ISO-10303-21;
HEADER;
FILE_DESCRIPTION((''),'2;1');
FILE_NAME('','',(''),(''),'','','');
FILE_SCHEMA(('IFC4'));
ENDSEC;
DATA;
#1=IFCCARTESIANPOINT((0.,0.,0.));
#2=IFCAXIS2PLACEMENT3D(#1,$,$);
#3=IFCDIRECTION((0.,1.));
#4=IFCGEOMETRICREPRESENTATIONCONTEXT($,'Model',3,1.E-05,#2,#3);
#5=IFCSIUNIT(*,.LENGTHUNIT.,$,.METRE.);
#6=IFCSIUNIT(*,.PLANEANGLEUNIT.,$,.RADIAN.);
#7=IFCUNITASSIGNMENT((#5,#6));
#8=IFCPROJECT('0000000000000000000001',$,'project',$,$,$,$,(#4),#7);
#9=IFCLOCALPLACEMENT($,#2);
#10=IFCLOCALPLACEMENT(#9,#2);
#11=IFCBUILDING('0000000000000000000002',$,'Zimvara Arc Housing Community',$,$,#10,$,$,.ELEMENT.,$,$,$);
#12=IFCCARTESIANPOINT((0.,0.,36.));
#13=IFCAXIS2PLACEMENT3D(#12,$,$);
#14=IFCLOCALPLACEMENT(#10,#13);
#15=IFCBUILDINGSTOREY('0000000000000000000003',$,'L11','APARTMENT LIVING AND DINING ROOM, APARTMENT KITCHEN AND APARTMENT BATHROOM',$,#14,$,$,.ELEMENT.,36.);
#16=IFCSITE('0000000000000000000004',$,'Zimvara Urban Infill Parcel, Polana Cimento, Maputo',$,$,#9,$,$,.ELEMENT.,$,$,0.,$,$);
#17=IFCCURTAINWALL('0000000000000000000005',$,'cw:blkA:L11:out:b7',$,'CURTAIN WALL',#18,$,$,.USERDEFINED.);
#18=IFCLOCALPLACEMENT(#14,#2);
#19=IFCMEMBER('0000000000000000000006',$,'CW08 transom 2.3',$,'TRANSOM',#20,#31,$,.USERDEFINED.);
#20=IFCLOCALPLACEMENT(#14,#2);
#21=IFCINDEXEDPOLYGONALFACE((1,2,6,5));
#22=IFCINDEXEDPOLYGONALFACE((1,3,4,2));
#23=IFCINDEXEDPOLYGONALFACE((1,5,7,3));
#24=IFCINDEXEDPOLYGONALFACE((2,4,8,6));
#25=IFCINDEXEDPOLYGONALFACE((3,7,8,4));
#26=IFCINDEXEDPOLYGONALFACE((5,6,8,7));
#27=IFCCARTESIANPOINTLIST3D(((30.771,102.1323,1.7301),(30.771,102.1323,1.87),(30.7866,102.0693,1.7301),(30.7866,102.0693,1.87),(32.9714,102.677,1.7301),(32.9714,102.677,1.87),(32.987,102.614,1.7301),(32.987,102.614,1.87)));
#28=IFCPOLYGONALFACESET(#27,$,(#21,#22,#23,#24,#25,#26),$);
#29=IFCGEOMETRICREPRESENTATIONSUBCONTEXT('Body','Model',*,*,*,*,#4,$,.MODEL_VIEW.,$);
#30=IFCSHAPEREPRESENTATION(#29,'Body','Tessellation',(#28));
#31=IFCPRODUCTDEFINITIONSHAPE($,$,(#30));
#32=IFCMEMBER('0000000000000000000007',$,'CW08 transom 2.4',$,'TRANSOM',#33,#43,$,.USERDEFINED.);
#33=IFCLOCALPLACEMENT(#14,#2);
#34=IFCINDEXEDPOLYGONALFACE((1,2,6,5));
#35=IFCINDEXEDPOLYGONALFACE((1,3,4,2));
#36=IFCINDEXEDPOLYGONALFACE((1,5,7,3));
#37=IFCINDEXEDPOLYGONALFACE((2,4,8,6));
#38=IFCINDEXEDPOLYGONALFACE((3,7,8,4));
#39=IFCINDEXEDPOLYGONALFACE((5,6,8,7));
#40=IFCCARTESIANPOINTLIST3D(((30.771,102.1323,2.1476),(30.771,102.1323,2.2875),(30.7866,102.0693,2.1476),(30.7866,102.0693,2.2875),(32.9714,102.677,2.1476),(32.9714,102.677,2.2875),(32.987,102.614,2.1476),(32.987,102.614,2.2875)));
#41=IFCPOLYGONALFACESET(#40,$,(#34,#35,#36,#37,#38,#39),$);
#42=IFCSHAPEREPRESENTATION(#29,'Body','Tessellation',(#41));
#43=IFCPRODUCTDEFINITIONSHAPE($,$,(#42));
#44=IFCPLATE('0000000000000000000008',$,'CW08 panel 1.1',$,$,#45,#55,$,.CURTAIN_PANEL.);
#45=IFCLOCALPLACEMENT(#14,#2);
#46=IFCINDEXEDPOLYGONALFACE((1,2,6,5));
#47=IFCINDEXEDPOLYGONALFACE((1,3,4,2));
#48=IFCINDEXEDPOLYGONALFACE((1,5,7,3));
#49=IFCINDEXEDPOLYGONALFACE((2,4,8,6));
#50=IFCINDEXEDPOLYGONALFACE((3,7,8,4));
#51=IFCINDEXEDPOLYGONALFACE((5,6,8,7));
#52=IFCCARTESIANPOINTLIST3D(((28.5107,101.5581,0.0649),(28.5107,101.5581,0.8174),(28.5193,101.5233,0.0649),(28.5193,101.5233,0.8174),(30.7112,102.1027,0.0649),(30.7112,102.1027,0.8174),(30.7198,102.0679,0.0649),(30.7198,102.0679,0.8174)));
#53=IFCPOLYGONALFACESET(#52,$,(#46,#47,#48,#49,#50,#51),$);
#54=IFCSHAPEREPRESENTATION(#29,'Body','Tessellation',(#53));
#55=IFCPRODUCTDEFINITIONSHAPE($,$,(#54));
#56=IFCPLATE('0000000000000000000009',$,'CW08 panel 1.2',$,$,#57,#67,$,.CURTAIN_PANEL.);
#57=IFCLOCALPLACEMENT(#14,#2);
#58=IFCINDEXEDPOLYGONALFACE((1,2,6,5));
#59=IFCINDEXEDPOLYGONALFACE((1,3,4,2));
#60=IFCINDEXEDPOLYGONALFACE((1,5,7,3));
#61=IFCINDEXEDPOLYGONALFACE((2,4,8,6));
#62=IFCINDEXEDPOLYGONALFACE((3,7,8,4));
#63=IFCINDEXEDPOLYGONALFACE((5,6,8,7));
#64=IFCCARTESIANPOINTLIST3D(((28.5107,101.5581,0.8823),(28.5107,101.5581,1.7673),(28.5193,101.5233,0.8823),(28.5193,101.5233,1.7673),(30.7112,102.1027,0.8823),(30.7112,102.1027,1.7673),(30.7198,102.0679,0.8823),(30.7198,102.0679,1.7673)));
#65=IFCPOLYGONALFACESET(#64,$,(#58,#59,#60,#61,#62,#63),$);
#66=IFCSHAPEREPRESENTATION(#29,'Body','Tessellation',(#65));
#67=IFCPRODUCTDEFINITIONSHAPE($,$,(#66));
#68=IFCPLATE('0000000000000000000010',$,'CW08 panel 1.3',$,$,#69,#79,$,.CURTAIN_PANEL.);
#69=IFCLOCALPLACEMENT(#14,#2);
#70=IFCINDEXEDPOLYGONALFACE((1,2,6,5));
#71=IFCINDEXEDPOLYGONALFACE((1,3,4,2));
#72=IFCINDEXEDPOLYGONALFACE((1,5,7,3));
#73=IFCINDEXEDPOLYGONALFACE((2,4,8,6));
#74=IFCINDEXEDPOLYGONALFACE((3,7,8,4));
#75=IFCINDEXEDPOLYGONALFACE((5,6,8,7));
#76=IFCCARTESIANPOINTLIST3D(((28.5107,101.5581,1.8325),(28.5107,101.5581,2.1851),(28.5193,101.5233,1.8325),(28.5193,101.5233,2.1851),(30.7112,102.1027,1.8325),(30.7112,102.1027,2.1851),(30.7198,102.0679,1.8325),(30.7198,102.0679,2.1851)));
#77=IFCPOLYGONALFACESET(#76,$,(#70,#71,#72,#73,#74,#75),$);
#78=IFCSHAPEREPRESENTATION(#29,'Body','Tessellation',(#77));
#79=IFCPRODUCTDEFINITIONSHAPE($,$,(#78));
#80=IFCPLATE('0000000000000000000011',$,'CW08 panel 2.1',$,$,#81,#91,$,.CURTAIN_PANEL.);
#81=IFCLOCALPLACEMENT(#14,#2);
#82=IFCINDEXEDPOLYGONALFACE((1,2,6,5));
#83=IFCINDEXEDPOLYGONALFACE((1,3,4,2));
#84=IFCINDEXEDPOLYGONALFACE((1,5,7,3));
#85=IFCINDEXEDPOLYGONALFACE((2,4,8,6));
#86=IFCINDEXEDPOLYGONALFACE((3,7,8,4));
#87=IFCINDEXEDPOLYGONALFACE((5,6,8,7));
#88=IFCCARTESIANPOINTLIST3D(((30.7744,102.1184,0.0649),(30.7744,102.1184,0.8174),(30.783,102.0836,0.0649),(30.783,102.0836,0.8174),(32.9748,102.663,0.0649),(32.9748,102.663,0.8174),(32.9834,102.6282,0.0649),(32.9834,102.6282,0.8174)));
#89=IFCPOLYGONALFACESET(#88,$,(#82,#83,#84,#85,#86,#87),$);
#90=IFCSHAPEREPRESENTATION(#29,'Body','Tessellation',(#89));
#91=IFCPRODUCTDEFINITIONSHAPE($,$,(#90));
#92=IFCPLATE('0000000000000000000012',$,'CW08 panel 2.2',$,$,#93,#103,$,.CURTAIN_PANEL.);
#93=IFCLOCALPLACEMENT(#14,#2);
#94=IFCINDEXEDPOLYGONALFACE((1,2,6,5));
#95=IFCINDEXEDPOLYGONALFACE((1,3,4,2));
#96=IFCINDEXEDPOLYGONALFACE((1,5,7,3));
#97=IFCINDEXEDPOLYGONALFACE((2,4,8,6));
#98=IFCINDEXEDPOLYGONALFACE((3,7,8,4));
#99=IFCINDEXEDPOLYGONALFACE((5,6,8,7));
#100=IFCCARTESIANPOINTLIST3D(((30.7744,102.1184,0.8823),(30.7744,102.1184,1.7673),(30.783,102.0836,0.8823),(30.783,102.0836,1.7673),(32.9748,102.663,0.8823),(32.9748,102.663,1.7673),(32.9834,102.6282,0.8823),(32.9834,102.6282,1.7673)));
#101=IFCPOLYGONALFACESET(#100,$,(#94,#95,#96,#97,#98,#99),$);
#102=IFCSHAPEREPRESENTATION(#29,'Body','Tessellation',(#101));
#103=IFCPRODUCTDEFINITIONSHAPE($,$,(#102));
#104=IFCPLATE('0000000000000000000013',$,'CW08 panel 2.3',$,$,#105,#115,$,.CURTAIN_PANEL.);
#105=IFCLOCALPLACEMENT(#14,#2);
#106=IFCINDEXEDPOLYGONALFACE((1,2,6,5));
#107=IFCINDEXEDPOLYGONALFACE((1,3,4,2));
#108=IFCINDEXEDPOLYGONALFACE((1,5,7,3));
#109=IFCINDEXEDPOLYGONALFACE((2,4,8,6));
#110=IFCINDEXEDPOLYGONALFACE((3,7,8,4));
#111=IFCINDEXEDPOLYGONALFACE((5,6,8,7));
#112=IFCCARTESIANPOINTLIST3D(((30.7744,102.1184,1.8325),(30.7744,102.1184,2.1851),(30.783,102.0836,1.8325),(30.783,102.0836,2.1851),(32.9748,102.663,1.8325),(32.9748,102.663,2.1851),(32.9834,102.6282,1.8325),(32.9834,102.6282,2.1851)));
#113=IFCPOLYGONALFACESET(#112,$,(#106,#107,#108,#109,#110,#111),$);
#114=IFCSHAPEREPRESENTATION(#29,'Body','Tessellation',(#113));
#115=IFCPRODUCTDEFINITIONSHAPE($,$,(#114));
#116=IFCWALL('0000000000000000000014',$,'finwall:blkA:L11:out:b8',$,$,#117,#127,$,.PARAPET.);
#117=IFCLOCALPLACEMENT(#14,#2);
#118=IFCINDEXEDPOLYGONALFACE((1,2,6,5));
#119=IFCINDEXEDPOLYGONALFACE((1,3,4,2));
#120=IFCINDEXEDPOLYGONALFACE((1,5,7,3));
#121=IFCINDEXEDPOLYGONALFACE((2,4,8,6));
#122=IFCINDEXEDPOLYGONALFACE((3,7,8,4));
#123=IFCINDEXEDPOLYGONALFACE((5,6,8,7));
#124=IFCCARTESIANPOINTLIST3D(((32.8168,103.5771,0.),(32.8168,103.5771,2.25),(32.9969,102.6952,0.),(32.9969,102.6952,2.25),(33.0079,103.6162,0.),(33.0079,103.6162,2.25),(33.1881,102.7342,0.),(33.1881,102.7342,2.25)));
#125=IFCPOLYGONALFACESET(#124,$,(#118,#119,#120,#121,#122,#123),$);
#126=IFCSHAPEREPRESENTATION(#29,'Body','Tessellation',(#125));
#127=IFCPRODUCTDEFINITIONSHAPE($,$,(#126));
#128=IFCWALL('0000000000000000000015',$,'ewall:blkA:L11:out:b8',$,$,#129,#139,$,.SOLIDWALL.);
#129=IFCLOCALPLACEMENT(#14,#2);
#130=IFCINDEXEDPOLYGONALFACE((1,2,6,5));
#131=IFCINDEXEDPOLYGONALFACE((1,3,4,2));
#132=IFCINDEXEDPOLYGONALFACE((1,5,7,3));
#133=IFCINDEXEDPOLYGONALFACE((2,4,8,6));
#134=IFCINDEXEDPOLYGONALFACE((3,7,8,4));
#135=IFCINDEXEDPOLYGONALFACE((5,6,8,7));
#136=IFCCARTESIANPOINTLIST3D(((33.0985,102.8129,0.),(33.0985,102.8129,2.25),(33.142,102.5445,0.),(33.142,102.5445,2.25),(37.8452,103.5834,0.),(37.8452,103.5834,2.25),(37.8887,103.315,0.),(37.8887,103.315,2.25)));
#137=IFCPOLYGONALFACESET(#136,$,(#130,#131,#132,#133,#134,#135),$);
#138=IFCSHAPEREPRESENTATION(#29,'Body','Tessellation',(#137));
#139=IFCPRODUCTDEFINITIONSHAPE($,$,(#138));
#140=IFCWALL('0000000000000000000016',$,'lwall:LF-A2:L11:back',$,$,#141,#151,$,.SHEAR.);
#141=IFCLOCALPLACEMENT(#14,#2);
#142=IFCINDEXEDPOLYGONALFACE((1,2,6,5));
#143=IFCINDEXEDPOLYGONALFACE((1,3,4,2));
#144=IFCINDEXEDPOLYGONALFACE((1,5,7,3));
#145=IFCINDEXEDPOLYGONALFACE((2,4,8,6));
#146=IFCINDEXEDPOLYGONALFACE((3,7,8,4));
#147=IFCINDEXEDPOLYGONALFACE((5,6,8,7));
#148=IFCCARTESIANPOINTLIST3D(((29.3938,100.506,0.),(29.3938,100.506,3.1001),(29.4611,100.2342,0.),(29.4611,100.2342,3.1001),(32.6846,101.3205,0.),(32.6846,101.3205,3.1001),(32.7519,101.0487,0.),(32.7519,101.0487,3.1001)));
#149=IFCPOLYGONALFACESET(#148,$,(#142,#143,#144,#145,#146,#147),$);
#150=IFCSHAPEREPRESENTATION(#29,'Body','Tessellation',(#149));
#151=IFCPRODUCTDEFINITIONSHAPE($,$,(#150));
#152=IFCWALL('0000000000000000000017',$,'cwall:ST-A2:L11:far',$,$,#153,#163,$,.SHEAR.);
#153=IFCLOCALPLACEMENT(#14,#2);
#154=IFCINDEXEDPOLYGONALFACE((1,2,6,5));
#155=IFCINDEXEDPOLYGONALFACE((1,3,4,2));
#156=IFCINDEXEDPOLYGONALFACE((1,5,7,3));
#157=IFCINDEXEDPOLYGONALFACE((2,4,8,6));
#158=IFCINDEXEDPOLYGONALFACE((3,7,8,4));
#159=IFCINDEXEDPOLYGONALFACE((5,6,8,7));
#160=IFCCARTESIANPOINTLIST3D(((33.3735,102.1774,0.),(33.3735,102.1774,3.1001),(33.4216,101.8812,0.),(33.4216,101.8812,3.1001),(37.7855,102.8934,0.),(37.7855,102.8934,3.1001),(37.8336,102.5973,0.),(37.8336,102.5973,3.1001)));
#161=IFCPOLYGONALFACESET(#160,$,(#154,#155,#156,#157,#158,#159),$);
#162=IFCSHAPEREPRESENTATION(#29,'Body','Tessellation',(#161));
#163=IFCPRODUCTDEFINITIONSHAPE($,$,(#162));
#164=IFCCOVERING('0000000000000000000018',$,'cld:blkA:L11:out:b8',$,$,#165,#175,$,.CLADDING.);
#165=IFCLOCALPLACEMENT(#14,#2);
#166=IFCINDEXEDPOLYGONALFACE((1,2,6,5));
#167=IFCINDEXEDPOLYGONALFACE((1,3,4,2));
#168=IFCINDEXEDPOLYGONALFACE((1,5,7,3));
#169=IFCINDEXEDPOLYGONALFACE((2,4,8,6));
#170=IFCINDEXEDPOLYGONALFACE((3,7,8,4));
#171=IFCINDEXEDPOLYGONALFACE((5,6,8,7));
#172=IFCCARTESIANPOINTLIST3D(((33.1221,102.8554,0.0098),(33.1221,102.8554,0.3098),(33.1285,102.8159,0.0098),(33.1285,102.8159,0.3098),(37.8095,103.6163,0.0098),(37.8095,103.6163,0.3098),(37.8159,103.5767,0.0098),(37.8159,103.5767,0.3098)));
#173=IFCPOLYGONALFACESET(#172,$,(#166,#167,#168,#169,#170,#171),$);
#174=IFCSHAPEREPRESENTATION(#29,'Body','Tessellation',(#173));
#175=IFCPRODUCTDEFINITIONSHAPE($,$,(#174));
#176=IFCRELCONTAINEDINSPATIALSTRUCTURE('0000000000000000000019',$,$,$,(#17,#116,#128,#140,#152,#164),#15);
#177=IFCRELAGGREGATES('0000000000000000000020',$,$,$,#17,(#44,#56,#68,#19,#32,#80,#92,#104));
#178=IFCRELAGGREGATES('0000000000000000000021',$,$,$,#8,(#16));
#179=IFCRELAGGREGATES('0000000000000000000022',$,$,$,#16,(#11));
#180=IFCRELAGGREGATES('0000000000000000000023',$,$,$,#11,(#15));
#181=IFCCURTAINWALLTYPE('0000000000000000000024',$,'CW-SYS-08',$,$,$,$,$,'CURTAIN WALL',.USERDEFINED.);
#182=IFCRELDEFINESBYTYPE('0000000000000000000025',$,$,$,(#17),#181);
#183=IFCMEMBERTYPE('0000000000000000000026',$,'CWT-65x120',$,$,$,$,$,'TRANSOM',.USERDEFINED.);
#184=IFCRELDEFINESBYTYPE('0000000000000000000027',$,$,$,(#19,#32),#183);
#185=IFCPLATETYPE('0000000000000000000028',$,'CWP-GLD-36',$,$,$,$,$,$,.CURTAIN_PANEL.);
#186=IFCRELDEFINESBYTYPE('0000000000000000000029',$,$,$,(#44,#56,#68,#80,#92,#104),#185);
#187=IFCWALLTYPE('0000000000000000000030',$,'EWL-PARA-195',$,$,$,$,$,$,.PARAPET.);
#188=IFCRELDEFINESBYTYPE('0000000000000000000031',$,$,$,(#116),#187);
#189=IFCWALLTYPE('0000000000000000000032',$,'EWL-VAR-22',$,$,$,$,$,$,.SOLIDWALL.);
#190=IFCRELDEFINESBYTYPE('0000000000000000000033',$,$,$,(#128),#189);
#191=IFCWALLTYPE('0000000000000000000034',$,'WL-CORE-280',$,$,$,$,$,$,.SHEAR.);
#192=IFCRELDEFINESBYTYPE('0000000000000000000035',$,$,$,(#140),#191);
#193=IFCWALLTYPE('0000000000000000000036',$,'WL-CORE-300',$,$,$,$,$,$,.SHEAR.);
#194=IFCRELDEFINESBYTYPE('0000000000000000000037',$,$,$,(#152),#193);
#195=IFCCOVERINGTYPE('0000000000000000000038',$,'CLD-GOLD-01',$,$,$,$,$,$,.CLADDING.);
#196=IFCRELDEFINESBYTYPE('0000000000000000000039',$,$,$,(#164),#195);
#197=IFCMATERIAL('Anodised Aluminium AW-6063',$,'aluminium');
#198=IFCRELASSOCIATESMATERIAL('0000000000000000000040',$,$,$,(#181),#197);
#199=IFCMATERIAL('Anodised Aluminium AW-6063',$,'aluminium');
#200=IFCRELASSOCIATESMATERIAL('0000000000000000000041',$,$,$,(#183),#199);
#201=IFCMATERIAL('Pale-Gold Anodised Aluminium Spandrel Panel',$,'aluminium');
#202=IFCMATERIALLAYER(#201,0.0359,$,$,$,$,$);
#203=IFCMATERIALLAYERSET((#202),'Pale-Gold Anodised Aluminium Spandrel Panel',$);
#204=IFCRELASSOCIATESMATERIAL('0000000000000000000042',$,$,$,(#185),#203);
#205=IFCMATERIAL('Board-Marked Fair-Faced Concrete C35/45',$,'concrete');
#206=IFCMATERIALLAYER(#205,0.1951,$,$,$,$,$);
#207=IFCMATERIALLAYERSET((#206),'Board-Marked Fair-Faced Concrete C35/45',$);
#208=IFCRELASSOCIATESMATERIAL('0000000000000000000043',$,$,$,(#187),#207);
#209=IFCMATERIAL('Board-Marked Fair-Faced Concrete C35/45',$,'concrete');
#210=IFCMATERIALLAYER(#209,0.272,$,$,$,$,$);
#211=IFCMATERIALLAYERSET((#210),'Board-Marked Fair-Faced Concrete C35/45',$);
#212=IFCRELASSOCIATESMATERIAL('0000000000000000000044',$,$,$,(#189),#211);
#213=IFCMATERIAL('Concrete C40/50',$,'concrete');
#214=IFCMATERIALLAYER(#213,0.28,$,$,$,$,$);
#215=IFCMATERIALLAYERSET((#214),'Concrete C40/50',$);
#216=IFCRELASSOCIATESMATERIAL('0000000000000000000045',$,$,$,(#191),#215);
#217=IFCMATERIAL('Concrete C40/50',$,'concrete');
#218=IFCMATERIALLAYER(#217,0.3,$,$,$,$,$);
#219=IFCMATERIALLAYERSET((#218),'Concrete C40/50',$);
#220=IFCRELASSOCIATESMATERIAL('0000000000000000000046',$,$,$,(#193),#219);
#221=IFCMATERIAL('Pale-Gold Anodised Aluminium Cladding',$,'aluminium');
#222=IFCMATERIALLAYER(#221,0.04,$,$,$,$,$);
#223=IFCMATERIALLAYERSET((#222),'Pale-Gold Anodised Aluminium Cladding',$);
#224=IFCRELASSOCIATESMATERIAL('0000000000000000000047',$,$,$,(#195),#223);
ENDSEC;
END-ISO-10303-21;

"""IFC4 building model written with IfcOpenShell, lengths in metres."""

from ifc_helpers import new_model, si_unit, direction, frame, frame_2d, origin, origin_2d, place, context, subcontext, project, spatial, rectangle, extrude, material, layer, layer_set, material_profile, profile_set, type_object, element, aggregate, save


model = new_model("IFC4")

# Units and contexts
model_context = context("Model", 3, precision=1e-05, world=origin(), true_north=direction((0.0, 1.0)))
body_context = subcontext(model_context, "Body", "Model", "MODEL_VIEW")
ifc_project = project(units=[si_unit("LENGTHUNIT", "METRE"), si_unit("PLANEANGLEUNIT", "RADIAN")], contexts=[model_context])

# Site, building, storey
site_placement = place(None, origin())
site = spatial("IfcSite", under=ifc_project, at=site_placement, Name="Zimvara Urban Infill Parcel, Polana Cimento, Maputo", CompositionType="ELEMENT", RefElevation=0.0)
building_placement = place(site_placement, origin())
building = spatial("IfcBuilding", under=site, at=building_placement, Name="Zimvara Arc Housing Community", CompositionType="ELEMENT")
storey_placement = place(building_placement, frame((0.0, 0.0, 36.0)))
storey = spatial("IfcBuildingStorey", under=building, at=storey_placement, Name="L11", Description="APARTMENT LIVING AND DINING ROOM, APARTMENT KITCHEN AND APARTMENT BATHROOM", CompositionType="ELEMENT", Elevation=36.0)

# Curtain wall
ifc_material_1 = material(Name="Anodised Aluminium AW-6063", Category="aluminium")
curtain_wall_type_1 = type_object("IfcCurtainWallType", Name="CW-SYS-08", ElementType="CURTAIN WALL", PredefinedType="USERDEFINED", material=ifc_material_1)
curtain_wall_1_placement = place(storey_placement, origin())
curtain_wall_1 = element("IfcCurtainWall", 1, at=curtain_wall_1_placement, inside=storey, type_object=curtain_wall_type_1, Name="cw:blkA:L11:out:b7", ObjectType="CURTAIN WALL", PredefinedType="USERDEFINED")

# Members
ifc_material_2 = material(Name="Anodised Aluminium AW-6063", Category="aluminium")
ifc_material_profile_1 = material_profile(ifc_material_2, rectangle(XDim=0.0649, YDim=0.1399, at=origin_2d()), Name="ALU 65x140")
ifc_profile_set_1 = profile_set([ifc_material_profile_1], Name="Anodised Aluminium AW-6063")
member_type_1 = type_object("IfcMemberType", Name="CWT-65x120", ElementType="TRANSOM", PredefinedType="USERDEFINED", material=ifc_profile_set_1)
member_1_placement = place(storey_placement, frame((30.7788, 102.1008, 1.8), z_axis=(0.970704, 0.24028, 0.0), x_axis=(-0.24028, 0.970704, 0.0)))
member_1 = element("IfcMember", 2, at=member_1_placement, type_object=member_type_1, Name="CW08 transom 2.3", ObjectType="TRANSOM", PredefinedType="USERDEFINED", context=body_context, shape_type="SweptSolid", body=[
    extrude(rectangle(XDim=0.0649, YDim=0.1399, at=origin_2d()), origin(), (0.0, 0.0, 1.0), 2.2668),
])
member_2_placement = place(storey_placement, frame((30.7788, 102.1008, 2.2175), z_axis=(0.970704, 0.24028, 0.0), x_axis=(-0.24028, 0.970704, 0.0)))
member_2 = element("IfcMember", 3, at=member_2_placement, type_object=member_type_1, Name="CW08 transom 2.4", ObjectType="TRANSOM", PredefinedType="USERDEFINED", context=body_context, shape_type="SweptSolid", body=[
    extrude(rectangle(XDim=0.0649, YDim=0.1399, at=origin_2d()), origin(), (0.0, 0.0, 1.0), 2.2668),
])

# Plates
ifc_material_3 = material(Name="Pale-Gold Anodised Aluminium Spandrel Panel", Category="aluminium")
ifc_layer_1 = layer(ifc_material_3, 0.0359)
ifc_layer_set_1 = layer_set([ifc_layer_1], Name="Pale-Gold Anodised Aluminium Spandrel Panel")
plate_type = type_object("IfcPlateType", Name="CWP-GLD-36", PredefinedType="CURTAIN_PANEL", material=ifc_layer_set_1)
plate_1_placement = place(storey_placement, frame((29.6152, 101.813, 0.0649), z_axis=(0.0, 0.0, 1.0), x_axis=(0.970716, 0.24023, 0.0)))
plate_1 = element("IfcPlate", 4, at=plate_1_placement, type_object=plate_type, Name="CW08 panel 1.1", PredefinedType="CURTAIN_PANEL", context=body_context, shape_type="SweptSolid", body=[
    extrude(rectangle(XDim=2.2668, YDim=0.0359, at=origin_2d()), origin(), (0.0, 0.0, 1.0), 0.7524),
])
plate_2_placement = place(storey_placement, frame((29.6152, 101.813, 0.8823), z_axis=(0.0, 0.0, 1.0), x_axis=(0.970716, 0.24023, 0.0)))
plate_2 = element("IfcPlate", 5, at=plate_2_placement, type_object=plate_type, Name="CW08 panel 1.2", PredefinedType="CURTAIN_PANEL", context=body_context, shape_type="SweptSolid", body=[
    extrude(rectangle(XDim=2.2668, YDim=0.0359, at=origin_2d()), origin(), (0.0, 0.0, 1.0), 0.885),
])
plate_3_placement = place(storey_placement, frame((29.6152, 101.813, 1.8325), z_axis=(0.0, 0.0, 1.0), x_axis=(0.970716, 0.24023, 0.0)))
plate_3 = element("IfcPlate", 6, at=plate_3_placement, type_object=plate_type, Name="CW08 panel 1.3", PredefinedType="CURTAIN_PANEL", context=body_context, shape_type="SweptSolid", body=[
    extrude(rectangle(XDim=2.2668, YDim=0.0359, at=origin_2d()), origin(), (0.0, 0.0, 1.0), 0.3525),
])
plate_4_placement = place(storey_placement, frame((31.8789, 102.3733, 0.0649), z_axis=(0.0, 0.0, 1.0), x_axis=(0.970716, 0.24023, 0.0)))
plate_4 = element("IfcPlate", 7, at=plate_4_placement, type_object=plate_type, Name="CW08 panel 2.1", PredefinedType="CURTAIN_PANEL", context=body_context, shape_type="SweptSolid", body=[
    extrude(rectangle(XDim=2.2668, YDim=0.0359, at=origin_2d()), origin(), (0.0, 0.0, 1.0), 0.7524),
])
plate_5_placement = place(storey_placement, frame((31.8789, 102.3733, 0.8823), z_axis=(0.0, 0.0, 1.0), x_axis=(0.970716, 0.24023, 0.0)))
plate_5 = element("IfcPlate", 8, at=plate_5_placement, type_object=plate_type, Name="CW08 panel 2.2", PredefinedType="CURTAIN_PANEL", context=body_context, shape_type="SweptSolid", body=[
    extrude(rectangle(XDim=2.2668, YDim=0.0359, at=origin_2d()), origin(), (0.0, 0.0, 1.0), 0.885),
])
plate_6_placement = place(storey_placement, frame((31.8789, 102.3733, 1.8325), z_axis=(0.0, 0.0, 1.0), x_axis=(0.970716, 0.24023, 0.0)))
plate_6 = element("IfcPlate", 9, at=plate_6_placement, type_object=plate_type, Name="CW08 panel 2.3", PredefinedType="CURTAIN_PANEL", context=body_context, shape_type="SweptSolid", body=[
    extrude(rectangle(XDim=2.2668, YDim=0.0359, at=origin_2d()), origin(), (0.0, 0.0, 1.0), 0.3525),
])
aggregate(curtain_wall_1, [plate_1, plate_2, plate_3, member_1, member_2, plate_4, plate_5, plate_6])

# Walls
ifc_material_4 = material(Name="Board-Marked Fair-Faced Concrete C35/45", Category="concrete")
ifc_layer_2 = layer(ifc_material_4, 0.1951)
ifc_layer_set_2 = layer_set([ifc_layer_2], Name="Board-Marked Fair-Faced Concrete C35/45")
wall_type_1 = type_object("IfcWallType", Name="EWL-PARA-195", PredefinedType="PARAPET", material=ifc_layer_set_2)
wall_1_placement = place(storey_placement, frame((33.0925, 102.7146, 0.0), z_axis=(0.0, 0.0, 1.0), x_axis=(-0.200183, 0.979758, 0.0)))
element("IfcWall", 10, at=wall_1_placement, inside=storey, type_object=wall_type_1, Name="finwall:blkA:L11:out:b8", PredefinedType="PARAPET", context=body_context, shape_type="SweptSolid", body=[
    extrude(rectangle(XDim=0.9001, YDim=0.1951, at=frame_2d((0.4502, 0.0))), origin(), (0.0, 0.0, 1.0), 2.25),
])
ifc_material_5 = material(Name="Board-Marked Fair-Faced Concrete C35/45", Category="concrete")
ifc_layer_3 = layer(ifc_material_5, 0.272)
ifc_layer_set_3 = layer_set([ifc_layer_3], Name="Board-Marked Fair-Faced Concrete C35/45")
wall_type_2 = type_object("IfcWallType", Name="EWL-VAR-22", PredefinedType="SOLIDWALL", material=ifc_layer_set_3)
wall_2_placement = place(storey_placement, frame((33.1204, 102.6787, 0.0), z_axis=(0.0, 0.0, 1.0), x_axis=(0.987081, 0.160224, 0.0)))
element("IfcWall", 11, at=wall_2_placement, inside=storey, type_object=wall_type_2, Name="ewall:blkA:L11:out:b8", PredefinedType="SOLIDWALL", context=body_context, shape_type="SweptSolid", body=[
    extrude(rectangle(XDim=4.8088, YDim=0.272, at=frame_2d((2.4043, 0.0))), origin(), (0.0, 0.0, 1.0), 2.25),
])
ifc_material_6 = material(Name="Concrete C40/50", Category="concrete")
ifc_layer_4 = layer(ifc_material_6, 0.28)
ifc_layer_set_4 = layer_set([ifc_layer_4], Name="Concrete C40/50")
wall_type_3 = type_object("IfcWallType", Name="WL-CORE-280", PredefinedType="SHEAR", material=ifc_layer_set_4)
wall_3_placement = place(storey_placement, frame((32.7183, 101.1846, 0.0), z_axis=(0.0, 0.0, 1.0), x_axis=(-0.970712, -0.240247, 0.0)))
element("IfcWall", 12, at=wall_3_placement, inside=storey, type_object=wall_type_3, Name="lwall:LF-A2:L11:back", PredefinedType="SHEAR", context=body_context, shape_type="SweptSolid", body=[
    extrude(rectangle(XDim=3.3901, YDim=0.28, at=frame_2d((1.6951, 0.0))), origin(), (0.0, 0.0, 1.0), 3.1001),
])
ifc_material_7 = material(Name="Concrete C40/50", Category="concrete")
ifc_layer_5 = layer(ifc_material_7, 0.3)
ifc_layer_set_5 = layer_set([ifc_layer_5], Name="Concrete C40/50")
wall_type_4 = type_object("IfcWallType", Name="WL-CORE-300", PredefinedType="SHEAR", material=ifc_layer_set_5)
wall_4_placement = place(storey_placement, frame((37.8096, 102.7454, 0.0), z_axis=(0.0, 0.0, 1.0), x_axis=(-0.987085, -0.160199, 0.0)))
element("IfcWall", 13, at=wall_4_placement, inside=storey, type_object=wall_type_4, Name="cwall:ST-A2:L11:far", PredefinedType="SHEAR", context=body_context, shape_type="SweptSolid", body=[
    extrude(rectangle(XDim=4.4697, YDim=0.3, at=frame_2d((2.2349, 0.0))), origin(), (0.0, 0.0, 1.0), 3.1001),
])

# Covering
ifc_material_8 = material(Name="Pale-Gold Anodised Aluminium Cladding", Category="aluminium")
ifc_layer_6 = layer(ifc_material_8, 0.04)
ifc_layer_set_6 = layer_set([ifc_layer_6], Name="Pale-Gold Anodised Aluminium Cladding")
covering_type = type_object("IfcCoveringType", Name="CLD-GOLD-01", PredefinedType="CLADDING", material=ifc_layer_set_6)
covering_placement = place(storey_placement, frame((35.469, 103.2161, 0.0098), z_axis=(0.0, 0.0, 1.0), x_axis=(0.98708, 0.160226, 0.0)))
element("IfcCovering", 14, at=covering_placement, inside=storey, type_object=covering_type, Name="cld:blkA:L11:out:b8", PredefinedType="CLADDING", context=body_context, shape_type="SweptSolid", body=[
    extrude(rectangle(XDim=4.7488, YDim=0.04, at=origin_2d()), origin(), (0.0, 0.0, 1.0), 0.3),
])

save(model, "model.ifc")
